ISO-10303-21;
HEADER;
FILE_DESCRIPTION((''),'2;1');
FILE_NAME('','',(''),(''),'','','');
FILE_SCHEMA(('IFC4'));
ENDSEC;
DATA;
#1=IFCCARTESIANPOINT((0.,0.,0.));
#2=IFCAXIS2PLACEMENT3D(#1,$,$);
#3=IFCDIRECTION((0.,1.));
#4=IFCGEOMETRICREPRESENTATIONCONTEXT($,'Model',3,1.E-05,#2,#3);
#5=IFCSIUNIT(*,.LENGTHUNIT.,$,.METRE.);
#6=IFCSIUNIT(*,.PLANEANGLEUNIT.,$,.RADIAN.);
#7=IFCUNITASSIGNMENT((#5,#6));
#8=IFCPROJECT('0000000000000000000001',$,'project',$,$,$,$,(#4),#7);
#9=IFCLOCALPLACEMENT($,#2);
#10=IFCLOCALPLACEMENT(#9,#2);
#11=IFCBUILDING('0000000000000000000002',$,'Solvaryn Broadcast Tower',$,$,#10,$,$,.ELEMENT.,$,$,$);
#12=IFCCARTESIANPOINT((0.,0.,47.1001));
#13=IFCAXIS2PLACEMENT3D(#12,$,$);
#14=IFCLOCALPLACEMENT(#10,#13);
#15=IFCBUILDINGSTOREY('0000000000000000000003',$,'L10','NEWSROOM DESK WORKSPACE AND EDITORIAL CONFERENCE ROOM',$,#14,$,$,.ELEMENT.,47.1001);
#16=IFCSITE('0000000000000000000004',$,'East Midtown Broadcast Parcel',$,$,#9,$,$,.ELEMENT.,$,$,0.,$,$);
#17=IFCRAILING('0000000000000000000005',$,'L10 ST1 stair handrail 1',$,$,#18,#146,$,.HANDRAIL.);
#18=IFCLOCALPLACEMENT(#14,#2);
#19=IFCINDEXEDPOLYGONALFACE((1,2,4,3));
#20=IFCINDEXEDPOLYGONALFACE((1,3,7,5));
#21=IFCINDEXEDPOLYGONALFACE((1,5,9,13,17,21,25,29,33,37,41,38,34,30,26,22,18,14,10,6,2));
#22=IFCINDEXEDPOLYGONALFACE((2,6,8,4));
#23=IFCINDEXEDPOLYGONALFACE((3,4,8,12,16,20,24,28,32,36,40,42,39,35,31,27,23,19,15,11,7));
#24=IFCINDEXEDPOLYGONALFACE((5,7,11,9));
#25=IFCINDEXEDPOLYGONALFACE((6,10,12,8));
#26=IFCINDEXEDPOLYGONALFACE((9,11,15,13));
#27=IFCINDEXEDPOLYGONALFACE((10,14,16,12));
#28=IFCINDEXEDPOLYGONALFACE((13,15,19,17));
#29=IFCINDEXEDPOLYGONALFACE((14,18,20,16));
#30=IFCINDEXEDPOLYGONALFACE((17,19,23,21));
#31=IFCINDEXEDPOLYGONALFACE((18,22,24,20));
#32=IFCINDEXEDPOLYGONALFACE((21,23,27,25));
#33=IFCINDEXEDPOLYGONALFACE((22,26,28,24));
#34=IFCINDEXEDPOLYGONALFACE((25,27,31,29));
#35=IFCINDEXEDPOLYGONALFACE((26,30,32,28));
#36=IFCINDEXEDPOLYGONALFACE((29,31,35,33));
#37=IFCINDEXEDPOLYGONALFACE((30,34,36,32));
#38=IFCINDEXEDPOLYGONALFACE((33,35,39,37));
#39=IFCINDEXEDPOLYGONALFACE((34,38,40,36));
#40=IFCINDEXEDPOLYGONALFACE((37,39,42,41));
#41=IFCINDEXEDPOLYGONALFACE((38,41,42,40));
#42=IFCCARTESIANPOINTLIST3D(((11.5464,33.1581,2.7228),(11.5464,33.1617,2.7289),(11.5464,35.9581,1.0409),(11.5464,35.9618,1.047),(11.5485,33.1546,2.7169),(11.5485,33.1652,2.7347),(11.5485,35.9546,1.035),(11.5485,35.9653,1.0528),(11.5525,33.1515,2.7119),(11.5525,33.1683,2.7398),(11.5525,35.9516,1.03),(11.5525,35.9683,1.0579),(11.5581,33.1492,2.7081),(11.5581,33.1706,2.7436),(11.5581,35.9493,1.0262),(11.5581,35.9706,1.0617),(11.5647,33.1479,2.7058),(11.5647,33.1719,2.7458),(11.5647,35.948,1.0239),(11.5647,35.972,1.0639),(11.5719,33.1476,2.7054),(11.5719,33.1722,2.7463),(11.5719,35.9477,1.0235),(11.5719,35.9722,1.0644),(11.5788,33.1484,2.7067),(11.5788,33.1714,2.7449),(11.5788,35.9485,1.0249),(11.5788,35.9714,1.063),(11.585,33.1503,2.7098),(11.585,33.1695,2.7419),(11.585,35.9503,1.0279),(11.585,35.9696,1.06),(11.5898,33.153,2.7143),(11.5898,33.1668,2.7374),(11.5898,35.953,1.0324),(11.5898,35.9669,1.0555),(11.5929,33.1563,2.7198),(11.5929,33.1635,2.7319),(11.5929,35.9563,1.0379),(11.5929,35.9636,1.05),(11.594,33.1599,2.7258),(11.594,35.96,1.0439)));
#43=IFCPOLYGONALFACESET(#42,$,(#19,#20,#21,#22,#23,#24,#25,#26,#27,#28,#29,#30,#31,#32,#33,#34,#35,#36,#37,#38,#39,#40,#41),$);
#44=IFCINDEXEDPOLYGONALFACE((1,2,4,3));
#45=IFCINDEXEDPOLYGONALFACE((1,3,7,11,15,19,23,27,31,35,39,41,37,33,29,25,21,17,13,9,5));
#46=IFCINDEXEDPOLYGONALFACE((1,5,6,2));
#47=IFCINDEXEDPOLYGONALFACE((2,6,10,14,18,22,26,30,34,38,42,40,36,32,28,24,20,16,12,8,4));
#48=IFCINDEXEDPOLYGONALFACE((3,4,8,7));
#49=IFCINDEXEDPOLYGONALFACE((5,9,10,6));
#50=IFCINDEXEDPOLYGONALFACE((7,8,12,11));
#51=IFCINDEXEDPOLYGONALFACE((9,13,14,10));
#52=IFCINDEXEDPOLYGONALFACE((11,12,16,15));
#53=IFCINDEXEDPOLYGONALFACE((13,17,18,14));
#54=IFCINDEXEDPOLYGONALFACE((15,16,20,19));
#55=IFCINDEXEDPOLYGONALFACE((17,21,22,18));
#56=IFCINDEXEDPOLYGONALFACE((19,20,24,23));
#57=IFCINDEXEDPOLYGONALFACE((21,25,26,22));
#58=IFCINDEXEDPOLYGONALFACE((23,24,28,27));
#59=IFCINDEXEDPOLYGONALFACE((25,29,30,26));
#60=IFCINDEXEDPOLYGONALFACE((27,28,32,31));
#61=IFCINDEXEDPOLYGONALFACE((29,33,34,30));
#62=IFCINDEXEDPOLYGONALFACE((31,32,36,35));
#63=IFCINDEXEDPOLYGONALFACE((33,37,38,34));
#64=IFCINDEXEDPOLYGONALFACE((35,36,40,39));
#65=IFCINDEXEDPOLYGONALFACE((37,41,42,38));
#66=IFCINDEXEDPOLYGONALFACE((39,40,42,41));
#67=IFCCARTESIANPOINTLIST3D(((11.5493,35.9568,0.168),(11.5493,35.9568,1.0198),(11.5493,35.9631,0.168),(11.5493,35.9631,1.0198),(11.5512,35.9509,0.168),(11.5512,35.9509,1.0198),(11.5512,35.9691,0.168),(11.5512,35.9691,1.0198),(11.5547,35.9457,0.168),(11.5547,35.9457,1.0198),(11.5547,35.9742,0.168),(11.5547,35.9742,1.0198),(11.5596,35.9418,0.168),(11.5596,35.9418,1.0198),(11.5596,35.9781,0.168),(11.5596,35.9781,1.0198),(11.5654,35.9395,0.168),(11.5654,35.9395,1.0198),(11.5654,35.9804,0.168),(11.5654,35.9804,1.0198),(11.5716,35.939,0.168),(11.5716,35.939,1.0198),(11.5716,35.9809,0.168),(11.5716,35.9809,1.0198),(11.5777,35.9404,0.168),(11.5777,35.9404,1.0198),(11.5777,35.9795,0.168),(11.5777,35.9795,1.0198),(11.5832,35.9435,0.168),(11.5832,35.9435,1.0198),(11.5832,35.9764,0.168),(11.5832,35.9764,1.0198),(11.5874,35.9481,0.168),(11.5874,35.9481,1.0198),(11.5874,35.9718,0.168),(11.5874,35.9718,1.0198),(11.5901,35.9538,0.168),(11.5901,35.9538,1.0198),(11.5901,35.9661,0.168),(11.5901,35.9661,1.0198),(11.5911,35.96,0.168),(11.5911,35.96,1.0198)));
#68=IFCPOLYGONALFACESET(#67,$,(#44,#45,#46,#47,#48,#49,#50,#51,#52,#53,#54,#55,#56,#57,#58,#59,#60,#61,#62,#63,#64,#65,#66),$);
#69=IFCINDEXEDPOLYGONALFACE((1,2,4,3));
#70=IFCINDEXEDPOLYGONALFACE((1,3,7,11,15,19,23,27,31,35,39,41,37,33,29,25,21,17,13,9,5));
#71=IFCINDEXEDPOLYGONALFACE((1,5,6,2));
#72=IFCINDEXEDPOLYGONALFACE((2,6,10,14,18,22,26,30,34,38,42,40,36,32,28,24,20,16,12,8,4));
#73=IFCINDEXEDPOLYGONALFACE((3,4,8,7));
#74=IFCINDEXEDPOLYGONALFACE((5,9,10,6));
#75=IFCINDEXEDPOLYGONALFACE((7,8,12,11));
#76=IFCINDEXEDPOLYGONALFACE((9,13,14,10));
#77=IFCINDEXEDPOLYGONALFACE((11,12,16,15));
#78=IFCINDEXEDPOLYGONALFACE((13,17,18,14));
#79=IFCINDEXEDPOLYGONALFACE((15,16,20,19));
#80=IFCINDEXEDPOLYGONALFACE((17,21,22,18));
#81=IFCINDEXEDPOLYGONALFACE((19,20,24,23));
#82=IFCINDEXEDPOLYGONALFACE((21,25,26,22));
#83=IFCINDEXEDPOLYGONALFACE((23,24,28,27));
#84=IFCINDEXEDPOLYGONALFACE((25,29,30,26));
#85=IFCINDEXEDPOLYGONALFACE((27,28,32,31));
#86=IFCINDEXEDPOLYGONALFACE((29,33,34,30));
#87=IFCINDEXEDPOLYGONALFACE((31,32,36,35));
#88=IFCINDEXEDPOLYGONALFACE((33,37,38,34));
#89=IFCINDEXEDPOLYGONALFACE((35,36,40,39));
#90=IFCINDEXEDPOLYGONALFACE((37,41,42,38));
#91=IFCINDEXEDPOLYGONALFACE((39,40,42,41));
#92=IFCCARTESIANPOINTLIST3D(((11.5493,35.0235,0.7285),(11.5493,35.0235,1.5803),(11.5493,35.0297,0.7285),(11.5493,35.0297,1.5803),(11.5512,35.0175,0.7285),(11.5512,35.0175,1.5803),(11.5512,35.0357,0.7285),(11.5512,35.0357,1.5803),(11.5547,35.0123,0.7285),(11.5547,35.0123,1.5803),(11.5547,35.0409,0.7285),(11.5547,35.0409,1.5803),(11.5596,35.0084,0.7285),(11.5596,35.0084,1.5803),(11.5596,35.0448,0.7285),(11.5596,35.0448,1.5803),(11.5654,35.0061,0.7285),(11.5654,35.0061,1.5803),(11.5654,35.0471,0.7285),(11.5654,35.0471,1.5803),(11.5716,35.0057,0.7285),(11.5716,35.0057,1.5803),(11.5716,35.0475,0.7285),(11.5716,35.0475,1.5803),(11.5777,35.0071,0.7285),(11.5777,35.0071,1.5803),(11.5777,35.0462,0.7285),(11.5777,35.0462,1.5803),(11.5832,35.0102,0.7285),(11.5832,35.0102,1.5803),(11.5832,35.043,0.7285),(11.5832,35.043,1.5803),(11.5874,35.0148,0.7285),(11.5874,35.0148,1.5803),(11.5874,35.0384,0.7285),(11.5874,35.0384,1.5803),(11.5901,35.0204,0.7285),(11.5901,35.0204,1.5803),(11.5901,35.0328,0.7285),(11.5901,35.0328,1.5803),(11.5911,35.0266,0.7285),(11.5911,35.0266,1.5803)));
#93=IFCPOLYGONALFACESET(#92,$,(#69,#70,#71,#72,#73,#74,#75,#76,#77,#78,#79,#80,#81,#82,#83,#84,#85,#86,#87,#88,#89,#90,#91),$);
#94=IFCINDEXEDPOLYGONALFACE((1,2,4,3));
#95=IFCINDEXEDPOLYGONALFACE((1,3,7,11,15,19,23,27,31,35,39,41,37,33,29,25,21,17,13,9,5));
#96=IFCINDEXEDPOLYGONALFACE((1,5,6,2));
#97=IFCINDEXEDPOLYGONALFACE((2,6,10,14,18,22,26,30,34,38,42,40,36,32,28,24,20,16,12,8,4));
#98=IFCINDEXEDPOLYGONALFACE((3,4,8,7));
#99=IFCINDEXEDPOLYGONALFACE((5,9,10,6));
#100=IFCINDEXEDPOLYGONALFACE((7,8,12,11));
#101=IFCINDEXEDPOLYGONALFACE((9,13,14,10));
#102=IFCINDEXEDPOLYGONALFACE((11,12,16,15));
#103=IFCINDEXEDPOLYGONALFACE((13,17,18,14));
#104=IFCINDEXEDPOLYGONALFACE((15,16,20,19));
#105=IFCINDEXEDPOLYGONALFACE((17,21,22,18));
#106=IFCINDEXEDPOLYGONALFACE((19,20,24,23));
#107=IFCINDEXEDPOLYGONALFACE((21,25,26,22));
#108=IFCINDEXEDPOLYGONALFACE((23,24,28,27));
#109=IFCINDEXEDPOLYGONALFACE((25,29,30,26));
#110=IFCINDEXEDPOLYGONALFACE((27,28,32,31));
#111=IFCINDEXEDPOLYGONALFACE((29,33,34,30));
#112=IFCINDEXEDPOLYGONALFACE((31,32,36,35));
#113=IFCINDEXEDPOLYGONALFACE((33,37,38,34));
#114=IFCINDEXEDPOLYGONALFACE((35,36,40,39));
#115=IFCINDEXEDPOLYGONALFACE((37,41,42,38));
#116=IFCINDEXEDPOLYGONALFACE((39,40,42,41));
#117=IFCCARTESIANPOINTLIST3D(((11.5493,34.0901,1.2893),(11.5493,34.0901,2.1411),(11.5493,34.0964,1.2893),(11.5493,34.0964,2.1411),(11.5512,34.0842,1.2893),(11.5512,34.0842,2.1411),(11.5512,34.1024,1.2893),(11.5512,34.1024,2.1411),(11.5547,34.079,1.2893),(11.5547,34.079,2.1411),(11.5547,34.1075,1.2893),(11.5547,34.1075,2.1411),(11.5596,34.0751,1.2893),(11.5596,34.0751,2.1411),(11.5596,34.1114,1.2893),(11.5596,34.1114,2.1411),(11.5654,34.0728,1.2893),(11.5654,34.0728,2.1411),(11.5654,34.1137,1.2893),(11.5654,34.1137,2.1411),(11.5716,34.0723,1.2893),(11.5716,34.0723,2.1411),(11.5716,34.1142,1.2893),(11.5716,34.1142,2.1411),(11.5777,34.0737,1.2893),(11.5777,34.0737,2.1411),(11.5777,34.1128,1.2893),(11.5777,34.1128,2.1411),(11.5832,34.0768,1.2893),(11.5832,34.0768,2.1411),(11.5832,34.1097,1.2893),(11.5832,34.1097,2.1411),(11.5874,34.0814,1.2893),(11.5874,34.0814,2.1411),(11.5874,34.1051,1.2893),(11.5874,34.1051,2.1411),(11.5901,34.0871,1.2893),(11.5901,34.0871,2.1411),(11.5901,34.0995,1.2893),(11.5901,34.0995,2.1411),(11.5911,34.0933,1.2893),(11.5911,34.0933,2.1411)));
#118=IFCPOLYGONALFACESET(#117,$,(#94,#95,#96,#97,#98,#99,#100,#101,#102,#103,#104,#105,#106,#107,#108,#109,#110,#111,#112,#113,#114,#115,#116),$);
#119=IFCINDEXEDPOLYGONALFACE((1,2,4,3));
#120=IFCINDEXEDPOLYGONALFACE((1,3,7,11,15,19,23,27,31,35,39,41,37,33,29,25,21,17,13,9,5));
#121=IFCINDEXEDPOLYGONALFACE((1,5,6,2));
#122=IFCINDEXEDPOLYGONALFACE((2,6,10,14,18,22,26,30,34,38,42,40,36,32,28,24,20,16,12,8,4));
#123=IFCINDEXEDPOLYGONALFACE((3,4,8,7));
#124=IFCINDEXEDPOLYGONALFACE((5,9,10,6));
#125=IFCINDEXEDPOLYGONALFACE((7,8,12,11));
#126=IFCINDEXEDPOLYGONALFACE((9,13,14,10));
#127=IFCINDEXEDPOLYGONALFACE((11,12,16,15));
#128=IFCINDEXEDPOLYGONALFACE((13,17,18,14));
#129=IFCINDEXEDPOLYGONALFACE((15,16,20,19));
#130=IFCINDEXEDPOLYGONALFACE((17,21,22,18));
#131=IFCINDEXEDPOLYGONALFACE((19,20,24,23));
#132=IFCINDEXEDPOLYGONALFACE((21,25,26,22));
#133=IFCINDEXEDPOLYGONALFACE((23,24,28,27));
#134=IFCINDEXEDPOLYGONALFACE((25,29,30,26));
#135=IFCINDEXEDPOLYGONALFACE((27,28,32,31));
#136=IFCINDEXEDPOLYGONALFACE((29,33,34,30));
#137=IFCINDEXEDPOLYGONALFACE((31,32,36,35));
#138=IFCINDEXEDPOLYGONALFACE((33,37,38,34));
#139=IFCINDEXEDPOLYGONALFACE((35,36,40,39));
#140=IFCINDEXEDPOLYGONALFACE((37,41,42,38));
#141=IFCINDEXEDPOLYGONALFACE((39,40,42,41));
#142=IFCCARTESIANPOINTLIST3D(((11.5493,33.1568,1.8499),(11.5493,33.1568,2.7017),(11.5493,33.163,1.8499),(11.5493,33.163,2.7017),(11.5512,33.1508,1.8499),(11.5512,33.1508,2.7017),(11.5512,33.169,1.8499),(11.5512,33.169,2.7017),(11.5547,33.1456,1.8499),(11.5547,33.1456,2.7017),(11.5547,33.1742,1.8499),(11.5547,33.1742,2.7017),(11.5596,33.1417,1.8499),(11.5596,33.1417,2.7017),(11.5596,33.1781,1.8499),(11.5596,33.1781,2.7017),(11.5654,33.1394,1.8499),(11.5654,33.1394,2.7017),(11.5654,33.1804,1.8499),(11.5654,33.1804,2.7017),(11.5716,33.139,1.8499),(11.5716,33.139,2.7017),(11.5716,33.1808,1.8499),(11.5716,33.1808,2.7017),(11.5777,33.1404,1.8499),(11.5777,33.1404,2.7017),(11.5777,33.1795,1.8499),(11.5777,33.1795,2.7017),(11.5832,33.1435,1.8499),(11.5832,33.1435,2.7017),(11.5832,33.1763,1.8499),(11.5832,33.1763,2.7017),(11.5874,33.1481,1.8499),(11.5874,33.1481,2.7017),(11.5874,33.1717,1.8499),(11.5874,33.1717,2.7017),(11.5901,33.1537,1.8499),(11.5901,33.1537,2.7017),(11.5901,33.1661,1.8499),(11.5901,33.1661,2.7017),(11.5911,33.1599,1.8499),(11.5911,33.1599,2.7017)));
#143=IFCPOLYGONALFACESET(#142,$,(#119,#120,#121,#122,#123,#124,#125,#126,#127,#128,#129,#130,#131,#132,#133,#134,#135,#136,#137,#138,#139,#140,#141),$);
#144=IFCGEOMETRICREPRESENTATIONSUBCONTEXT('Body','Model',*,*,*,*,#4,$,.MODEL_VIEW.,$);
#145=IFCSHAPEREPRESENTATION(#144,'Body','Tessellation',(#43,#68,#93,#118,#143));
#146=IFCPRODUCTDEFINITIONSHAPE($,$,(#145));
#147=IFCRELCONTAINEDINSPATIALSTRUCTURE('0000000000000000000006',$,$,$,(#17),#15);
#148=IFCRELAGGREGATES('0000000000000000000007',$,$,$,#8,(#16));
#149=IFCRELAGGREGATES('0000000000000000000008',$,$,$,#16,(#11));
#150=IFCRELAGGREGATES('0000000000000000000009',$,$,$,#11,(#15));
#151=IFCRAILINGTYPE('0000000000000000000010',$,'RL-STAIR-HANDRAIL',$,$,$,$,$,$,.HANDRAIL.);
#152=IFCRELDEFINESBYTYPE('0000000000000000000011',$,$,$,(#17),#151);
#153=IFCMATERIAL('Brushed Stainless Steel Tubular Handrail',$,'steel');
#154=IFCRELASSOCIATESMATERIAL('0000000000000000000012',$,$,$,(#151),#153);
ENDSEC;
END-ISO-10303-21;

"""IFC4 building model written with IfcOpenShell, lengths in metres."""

from ifc_helpers import new_model, si_unit, direction, frame, origin, origin_2d, place, context, subcontext, project, spatial, circle, extrude, material, type_object, element, save


model = new_model("IFC4")

# Units and contexts
model_context = context("Model", 3, precision=1e-05, world=origin(), true_north=direction((0.0, 1.0)))
body_context = subcontext(model_context, "Body", "Model", "MODEL_VIEW")
ifc_project = project(units=[si_unit("LENGTHUNIT", "METRE"), si_unit("PLANEANGLEUNIT", "RADIAN")], contexts=[model_context])

# Site, building, storey
site_placement = place(None, origin())
site = spatial("IfcSite", under=ifc_project, at=site_placement, Name="East Midtown Broadcast Parcel", CompositionType="ELEMENT", RefElevation=0.0)
building_placement = place(site_placement, origin())
building = spatial("IfcBuilding", under=site, at=building_placement, Name="Solvaryn Broadcast Tower", CompositionType="ELEMENT")
storey_placement = place(building_placement, frame((0.0, 0.0, 47.1001)))
storey = spatial("IfcBuildingStorey", under=building, at=storey_placement, Name="L10", Description="NEWSROOM DESK WORKSPACE AND EDITORIAL CONFERENCE ROOM", CompositionType="ELEMENT", Elevation=47.1001)

# Railing
ifc_material_1 = material(Name="Brushed Stainless Steel Tubular Handrail", Category="steel")
railing_type_1 = type_object("IfcRailingType", Name="RL-STAIR-HANDRAIL", PredefinedType="HANDRAIL", material=ifc_material_1)
railing_1_placement = place(storey_placement, frame((11.5701, 35.96, 0.168)))
element("IfcRailing", 1, at=railing_1_placement, inside=storey, type_object=railing_type_1, Name="L10 ST1 stair handrail 1", PredefinedType="HANDRAIL", context=body_context, shape_type="SweptSolid", body=[
    extrude(circle(Radius=0.0239, at=origin_2d()), frame((0.0, 0.0, 0.876), z_axis=(0.0, -0.857242, 0.514913), x_axis=(1.0, 0.0, 0.0)), (0.0, 0.0, 1.0), 3.2664),
    extrude(circle(Radius=0.021, at=origin_2d()), origin(), (0.0, 0.0, 1.0), 0.8518),
    extrude(circle(Radius=0.021, at=origin_2d()), frame((0.0, -0.9333, 0.5605)), (0.0, 0.0, 1.0), 0.8518),
    extrude(circle(Radius=0.021, at=origin_2d()), frame((0.0, -1.8667, 1.1213)), (0.0, 0.0, 1.0), 0.8518),
    extrude(circle(Radius=0.021, at=origin_2d()), frame((0.0, -2.8, 1.6819)), (0.0, 0.0, 1.0), 0.8518),
])

save(model, "model.ifc")
